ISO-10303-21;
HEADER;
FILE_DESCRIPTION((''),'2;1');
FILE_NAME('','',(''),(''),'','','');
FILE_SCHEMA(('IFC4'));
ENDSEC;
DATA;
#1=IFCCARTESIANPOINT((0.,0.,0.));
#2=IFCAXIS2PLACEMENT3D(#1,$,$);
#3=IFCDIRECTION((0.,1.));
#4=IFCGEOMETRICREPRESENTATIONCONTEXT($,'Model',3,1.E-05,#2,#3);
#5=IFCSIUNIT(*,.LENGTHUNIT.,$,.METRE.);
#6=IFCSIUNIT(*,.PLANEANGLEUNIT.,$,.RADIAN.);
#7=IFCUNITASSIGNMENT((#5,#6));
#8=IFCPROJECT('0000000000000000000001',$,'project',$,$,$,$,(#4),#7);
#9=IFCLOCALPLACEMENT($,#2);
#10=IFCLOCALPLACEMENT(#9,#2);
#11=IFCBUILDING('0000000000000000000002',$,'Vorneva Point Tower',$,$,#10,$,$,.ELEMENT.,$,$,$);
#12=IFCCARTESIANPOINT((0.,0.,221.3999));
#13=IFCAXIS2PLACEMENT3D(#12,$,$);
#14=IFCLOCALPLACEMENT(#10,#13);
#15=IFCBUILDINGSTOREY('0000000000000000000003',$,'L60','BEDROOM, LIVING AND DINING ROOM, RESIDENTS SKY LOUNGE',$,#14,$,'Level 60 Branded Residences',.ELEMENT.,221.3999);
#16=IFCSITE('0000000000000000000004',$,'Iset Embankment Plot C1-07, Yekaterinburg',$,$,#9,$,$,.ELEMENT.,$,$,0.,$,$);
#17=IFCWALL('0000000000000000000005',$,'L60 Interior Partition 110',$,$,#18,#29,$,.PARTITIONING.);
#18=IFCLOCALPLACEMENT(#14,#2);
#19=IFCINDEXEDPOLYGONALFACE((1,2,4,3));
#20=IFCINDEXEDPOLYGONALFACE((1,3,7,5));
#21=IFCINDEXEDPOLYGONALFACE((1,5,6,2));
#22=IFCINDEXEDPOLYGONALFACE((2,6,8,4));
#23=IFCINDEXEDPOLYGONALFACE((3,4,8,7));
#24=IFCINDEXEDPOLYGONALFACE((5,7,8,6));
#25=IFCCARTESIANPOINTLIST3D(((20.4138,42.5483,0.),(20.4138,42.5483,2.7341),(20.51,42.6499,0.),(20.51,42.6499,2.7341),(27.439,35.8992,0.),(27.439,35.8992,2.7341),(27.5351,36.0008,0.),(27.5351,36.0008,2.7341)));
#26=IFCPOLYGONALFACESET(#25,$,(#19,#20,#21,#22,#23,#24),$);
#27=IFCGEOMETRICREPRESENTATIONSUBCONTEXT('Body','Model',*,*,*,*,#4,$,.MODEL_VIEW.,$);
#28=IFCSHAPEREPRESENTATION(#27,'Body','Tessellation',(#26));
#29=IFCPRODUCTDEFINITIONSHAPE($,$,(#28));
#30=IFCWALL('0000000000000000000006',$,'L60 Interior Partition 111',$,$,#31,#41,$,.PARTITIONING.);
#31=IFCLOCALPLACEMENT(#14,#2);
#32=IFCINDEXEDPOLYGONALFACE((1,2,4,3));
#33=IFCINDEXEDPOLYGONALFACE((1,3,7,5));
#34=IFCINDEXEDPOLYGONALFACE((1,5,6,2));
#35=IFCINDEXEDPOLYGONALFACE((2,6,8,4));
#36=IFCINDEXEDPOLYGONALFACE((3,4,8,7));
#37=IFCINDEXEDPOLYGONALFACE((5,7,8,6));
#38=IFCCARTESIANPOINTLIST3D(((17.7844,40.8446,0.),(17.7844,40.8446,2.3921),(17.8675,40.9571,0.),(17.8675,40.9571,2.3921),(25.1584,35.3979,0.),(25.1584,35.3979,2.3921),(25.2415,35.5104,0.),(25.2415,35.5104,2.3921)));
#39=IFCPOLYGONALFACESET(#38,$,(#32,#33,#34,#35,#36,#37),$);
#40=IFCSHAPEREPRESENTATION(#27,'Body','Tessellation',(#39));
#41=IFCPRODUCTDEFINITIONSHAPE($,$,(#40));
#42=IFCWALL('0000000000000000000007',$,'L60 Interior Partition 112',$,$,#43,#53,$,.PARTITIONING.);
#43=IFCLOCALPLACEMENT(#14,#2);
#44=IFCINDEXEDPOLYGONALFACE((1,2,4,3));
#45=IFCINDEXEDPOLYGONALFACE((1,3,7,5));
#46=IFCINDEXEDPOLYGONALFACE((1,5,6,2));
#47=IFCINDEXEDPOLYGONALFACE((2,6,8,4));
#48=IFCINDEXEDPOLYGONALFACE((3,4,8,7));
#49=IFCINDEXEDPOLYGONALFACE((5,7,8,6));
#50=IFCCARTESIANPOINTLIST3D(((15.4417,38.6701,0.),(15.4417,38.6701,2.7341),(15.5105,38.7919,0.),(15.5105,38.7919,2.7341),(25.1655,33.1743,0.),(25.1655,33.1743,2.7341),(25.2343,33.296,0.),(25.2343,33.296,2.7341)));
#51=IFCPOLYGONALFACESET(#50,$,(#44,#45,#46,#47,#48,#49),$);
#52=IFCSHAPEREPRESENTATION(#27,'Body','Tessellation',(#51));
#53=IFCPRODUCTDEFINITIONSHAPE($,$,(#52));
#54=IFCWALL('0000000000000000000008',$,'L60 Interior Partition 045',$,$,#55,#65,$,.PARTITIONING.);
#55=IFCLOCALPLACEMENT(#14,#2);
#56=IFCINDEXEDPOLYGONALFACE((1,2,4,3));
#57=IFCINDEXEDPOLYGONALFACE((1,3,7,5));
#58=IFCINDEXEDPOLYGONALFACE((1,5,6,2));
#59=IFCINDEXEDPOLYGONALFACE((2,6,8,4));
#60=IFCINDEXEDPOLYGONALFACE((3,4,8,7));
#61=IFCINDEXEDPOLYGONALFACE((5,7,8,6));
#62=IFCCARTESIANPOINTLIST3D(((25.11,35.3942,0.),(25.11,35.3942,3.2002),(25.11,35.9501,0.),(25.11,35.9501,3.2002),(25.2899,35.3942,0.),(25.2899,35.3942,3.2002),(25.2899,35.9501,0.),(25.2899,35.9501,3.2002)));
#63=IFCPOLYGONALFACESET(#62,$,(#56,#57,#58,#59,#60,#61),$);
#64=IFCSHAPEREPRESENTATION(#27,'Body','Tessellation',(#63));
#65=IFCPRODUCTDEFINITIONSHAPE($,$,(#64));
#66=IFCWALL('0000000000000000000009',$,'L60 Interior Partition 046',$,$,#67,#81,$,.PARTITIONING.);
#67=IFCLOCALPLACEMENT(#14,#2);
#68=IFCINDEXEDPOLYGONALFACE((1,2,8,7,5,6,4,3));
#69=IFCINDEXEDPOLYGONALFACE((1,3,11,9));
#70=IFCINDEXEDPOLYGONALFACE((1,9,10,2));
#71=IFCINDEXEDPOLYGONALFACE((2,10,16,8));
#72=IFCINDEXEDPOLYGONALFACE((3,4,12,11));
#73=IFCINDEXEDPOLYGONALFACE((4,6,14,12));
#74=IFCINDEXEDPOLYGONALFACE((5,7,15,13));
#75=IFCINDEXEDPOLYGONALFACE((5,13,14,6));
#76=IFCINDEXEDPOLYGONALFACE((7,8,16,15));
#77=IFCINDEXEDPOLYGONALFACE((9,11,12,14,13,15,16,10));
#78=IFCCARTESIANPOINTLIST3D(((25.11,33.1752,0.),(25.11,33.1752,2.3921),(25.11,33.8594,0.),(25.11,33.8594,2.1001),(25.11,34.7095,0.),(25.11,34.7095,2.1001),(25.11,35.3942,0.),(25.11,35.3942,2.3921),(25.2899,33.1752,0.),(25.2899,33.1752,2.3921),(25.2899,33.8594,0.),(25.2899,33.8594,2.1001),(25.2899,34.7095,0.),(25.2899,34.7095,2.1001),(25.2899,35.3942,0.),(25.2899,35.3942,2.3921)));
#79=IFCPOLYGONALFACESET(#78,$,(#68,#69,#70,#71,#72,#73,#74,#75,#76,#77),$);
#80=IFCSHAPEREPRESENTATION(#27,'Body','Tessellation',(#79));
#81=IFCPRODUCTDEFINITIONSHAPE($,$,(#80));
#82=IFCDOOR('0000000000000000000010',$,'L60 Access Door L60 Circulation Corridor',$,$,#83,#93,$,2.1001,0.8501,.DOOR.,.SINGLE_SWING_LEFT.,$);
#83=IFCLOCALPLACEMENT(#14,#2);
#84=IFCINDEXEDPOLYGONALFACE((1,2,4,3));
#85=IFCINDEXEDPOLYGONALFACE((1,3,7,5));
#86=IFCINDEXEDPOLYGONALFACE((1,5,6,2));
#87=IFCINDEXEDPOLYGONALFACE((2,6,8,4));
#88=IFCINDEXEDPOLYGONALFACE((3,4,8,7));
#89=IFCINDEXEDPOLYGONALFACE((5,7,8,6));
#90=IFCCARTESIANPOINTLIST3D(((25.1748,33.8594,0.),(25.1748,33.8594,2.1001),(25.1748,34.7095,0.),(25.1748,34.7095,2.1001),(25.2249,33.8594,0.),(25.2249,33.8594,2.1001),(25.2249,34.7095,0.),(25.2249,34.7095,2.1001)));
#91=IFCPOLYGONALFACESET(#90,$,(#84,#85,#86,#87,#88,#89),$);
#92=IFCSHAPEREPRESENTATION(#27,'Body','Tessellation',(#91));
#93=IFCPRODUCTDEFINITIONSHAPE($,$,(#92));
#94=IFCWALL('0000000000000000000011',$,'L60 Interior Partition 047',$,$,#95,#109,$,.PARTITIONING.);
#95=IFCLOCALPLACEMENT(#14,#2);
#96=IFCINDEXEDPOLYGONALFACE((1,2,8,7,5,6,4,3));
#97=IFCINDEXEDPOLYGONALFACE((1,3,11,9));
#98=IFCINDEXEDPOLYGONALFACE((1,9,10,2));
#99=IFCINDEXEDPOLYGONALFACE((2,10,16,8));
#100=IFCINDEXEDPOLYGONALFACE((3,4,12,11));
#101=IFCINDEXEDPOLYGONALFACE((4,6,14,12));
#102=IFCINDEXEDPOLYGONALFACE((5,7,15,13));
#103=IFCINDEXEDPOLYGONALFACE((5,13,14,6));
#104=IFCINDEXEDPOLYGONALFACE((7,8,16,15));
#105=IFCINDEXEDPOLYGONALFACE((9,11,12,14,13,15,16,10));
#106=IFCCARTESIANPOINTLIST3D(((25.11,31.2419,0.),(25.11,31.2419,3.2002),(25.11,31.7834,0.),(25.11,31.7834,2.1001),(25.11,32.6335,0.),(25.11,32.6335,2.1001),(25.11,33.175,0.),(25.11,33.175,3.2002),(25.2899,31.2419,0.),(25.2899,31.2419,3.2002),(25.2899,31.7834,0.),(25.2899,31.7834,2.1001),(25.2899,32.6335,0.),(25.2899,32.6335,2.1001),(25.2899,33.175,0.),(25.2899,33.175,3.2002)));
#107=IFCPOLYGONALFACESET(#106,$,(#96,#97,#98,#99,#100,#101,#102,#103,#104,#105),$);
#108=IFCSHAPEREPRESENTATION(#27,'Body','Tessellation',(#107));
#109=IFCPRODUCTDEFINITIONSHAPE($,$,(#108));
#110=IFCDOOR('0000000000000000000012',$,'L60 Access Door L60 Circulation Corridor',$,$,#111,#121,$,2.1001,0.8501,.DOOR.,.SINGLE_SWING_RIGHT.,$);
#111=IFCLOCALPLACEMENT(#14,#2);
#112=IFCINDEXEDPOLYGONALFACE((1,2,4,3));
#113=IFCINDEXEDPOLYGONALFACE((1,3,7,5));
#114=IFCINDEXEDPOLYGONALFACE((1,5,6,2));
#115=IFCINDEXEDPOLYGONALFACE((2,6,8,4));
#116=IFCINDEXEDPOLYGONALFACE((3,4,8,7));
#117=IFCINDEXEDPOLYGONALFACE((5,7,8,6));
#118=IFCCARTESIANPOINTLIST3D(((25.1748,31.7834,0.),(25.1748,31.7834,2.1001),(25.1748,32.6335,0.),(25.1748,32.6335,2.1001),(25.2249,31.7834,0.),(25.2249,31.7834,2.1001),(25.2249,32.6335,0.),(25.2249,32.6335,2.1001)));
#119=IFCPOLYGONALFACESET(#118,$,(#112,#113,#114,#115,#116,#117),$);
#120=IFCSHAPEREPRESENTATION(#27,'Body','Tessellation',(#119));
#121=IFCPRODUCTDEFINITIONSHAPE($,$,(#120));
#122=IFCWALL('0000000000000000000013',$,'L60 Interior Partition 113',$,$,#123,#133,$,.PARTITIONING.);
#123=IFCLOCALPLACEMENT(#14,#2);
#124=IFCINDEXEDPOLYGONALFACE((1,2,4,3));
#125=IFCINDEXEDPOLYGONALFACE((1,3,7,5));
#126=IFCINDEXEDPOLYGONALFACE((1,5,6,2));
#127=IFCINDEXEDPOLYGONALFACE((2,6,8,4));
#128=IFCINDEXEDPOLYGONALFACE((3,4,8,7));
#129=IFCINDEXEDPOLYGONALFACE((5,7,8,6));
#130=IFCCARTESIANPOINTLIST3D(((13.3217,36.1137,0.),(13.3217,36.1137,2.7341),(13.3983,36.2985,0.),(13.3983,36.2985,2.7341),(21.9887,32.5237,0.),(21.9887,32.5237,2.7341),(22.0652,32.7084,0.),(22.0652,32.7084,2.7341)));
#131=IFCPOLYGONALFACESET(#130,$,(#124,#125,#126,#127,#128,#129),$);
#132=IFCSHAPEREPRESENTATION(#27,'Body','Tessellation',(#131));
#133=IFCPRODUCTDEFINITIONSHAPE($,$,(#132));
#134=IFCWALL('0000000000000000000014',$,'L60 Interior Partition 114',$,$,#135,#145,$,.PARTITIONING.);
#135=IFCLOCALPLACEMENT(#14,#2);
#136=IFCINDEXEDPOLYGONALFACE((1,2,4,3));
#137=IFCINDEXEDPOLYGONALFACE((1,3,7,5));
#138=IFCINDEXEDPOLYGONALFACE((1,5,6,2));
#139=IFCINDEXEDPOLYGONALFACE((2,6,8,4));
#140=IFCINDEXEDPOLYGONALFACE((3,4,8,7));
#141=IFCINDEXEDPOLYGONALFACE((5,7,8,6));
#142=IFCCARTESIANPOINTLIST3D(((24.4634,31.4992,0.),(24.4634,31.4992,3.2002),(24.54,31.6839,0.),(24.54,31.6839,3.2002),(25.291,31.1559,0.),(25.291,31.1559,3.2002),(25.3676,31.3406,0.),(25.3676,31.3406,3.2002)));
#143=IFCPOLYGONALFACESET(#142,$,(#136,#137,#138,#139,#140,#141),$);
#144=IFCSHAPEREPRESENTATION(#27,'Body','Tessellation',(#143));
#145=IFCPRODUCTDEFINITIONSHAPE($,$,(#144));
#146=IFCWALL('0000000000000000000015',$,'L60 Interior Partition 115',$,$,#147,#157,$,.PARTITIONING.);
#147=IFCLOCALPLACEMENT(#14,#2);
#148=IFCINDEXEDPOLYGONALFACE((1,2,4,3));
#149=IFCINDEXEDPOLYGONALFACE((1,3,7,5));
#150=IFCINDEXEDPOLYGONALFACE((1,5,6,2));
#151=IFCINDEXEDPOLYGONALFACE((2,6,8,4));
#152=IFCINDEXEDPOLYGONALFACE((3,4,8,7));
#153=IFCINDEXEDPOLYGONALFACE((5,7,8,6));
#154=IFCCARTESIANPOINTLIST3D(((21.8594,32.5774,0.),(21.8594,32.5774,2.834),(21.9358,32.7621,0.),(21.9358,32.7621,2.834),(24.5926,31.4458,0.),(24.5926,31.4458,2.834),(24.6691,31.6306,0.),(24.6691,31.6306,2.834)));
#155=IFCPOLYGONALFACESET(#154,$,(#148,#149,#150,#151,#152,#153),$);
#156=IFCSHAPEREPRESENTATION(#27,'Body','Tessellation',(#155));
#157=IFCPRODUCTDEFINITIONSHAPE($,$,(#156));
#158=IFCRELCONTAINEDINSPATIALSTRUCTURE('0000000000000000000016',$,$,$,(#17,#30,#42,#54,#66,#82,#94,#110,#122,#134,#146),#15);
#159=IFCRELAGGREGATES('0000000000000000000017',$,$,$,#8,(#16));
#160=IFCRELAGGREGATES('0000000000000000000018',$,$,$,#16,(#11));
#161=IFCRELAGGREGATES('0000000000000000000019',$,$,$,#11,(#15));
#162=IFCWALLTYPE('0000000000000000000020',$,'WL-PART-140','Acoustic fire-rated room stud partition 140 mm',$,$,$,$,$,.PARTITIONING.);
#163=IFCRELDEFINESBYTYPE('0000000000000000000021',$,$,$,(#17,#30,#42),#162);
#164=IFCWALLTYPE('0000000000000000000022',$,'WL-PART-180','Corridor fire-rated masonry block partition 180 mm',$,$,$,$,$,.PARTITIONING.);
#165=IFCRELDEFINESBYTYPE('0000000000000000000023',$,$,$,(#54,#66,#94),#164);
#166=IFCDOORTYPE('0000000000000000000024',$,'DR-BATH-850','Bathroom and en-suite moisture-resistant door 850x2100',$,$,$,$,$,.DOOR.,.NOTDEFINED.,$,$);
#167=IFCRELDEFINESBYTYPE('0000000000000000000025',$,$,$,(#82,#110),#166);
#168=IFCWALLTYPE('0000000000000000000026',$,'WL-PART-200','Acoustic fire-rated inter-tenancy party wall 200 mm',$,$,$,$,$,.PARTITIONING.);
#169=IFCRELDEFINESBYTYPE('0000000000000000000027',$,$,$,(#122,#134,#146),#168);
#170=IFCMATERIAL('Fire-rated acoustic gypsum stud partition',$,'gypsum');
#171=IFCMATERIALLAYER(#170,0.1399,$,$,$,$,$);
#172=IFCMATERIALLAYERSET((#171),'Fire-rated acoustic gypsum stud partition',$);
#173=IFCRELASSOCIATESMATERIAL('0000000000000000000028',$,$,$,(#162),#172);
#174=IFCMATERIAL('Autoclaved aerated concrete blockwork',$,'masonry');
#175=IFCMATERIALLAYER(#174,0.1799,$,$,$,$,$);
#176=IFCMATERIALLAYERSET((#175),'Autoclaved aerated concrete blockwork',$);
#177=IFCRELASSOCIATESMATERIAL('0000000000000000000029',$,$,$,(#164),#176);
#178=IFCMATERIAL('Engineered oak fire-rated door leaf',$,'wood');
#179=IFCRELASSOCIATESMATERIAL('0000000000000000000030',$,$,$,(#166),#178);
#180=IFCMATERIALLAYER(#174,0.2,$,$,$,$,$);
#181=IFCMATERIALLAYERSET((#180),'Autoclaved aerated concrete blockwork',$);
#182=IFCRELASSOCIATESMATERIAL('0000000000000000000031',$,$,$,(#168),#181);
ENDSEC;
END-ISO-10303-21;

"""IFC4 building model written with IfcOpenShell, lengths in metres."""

from ifc_helpers import new_model, si_unit, direction, frame, frame_2d, origin, place, context, subcontext, project, spatial, rectangle, extrude, material, layer, layer_set, type_object, element, fill, save


model = new_model("IFC4")

# Units and contexts
model_context = context("Model", 3, precision=1e-05, world=origin(), true_north=direction((0.0, 1.0)))
body_context = subcontext(model_context, "Body", "Model", "MODEL_VIEW")
ifc_project = project(units=[si_unit("LENGTHUNIT", "METRE"), si_unit("PLANEANGLEUNIT", "RADIAN")], contexts=[model_context])

# Site, building, storey
site_placement = place(None, origin())
site = spatial("IfcSite", under=ifc_project, at=site_placement, Name="Iset Embankment Plot C1-07, Yekaterinburg", CompositionType="ELEMENT", RefElevation=0.0)
building_placement = place(site_placement, origin())
building = spatial("IfcBuilding", under=site, at=building_placement, Name="Vorneva Point Tower", CompositionType="ELEMENT")
storey_placement = place(building_placement, frame((0.0, 0.0, 221.3999)))
storey = spatial("IfcBuildingStorey", under=building, at=storey_placement, Name="L60", Description="BEDROOM, LIVING AND DINING ROOM, RESIDENTS SKY LOUNGE", LongName="Level 60 Branded Residences", CompositionType="ELEMENT", Elevation=221.3999)

# Walls
ifc_material_1 = material(Name="Fire-rated acoustic gypsum stud partition", Category="gypsum")
ifc_layer_1 = layer(ifc_material_1, 0.1399)
ifc_layer_set_1 = layer_set([ifc_layer_1], Name="Fire-rated acoustic gypsum stud partition")
wall_type_1 = type_object("IfcWallType", Name="WL-PART-140", Description="Acoustic fire-rated room stud partition 140 mm", PredefinedType="PARTITIONING", material=ifc_layer_set_1)
wall_1_placement = place(storey_placement, frame((20.4619, 42.5991, 0.0), z_axis=(0.0, 0.0, 1.0), x_axis=(0.726274, -0.687405, 0.0)))
element("IfcWall", 1, at=wall_1_placement, inside=storey, type_object=wall_type_1, Name="L60 Interior Partition 110", PredefinedType="PARTITIONING", context=body_context, shape_type="SweptSolid", body=[
    extrude(rectangle(XDim=9.6729, YDim=0.1399, at=frame_2d((4.8364, 0.0))), origin(), (0.0, 0.0, 1.0), 2.7341),
])
wall_2_placement = place(storey_placement, frame((17.8259, 40.9009, 0.0), z_axis=(0.0, 0.0, 1.0), x_axis=(0.804363, -0.594138, 0.0)))
element("IfcWall", 2, at=wall_2_placement, inside=storey, type_object=wall_type_1, Name="L60 Interior Partition 111", PredefinedType="PARTITIONING", context=body_context, shape_type="SweptSolid", body=[
    extrude(rectangle(XDim=9.1675, YDim=0.1399, at=frame_2d((4.5837, 0.0))), origin(), (0.0, 0.0, 1.0), 2.3921),
])
wall_3_placement = place(storey_placement, frame((15.4761, 38.731, 0.0), z_axis=(0.0, 0.0, 1.0), x_axis=(0.870573, -0.49204, 0.0)))
element("IfcWall", 3, at=wall_3_placement, inside=storey, type_object=wall_type_1, Name="L60 Interior Partition 112", PredefinedType="PARTITIONING", context=body_context, shape_type="SweptSolid", body=[
    extrude(rectangle(XDim=11.1694, YDim=0.1399, at=frame_2d((5.5847, 0.0))), origin(), (0.0, 0.0, 1.0), 2.7341),
])
ifc_material_2 = material(Name="Autoclaved aerated concrete blockwork", Category="masonry")
ifc_layer_2 = layer(ifc_material_2, 0.1799)
ifc_layer_set_2 = layer_set([ifc_layer_2], Name="Autoclaved aerated concrete blockwork")
wall_type_2 = type_object("IfcWallType", Name="WL-PART-180", Description="Corridor fire-rated masonry block partition 180 mm", PredefinedType="PARTITIONING", material=ifc_layer_set_2)
wall_4_placement = place(storey_placement, frame((25.2, 35.95, 0.0), z_axis=(0.0, 0.0, 1.0), x_axis=(0.0, -1.0, 0.0)))
element("IfcWall", 4, at=wall_4_placement, inside=storey, type_object=wall_type_2, Name="L60 Interior Partition 045", PredefinedType="PARTITIONING", context=body_context, shape_type="SweptSolid", body=[
    extrude(rectangle(XDim=0.5559, YDim=0.1799, at=frame_2d((0.2778, 0.0))), origin(), (0.0, 0.0, 1.0), 3.2002),
])

# Walls, openings, doors
wall_5_placement = place(storey_placement, frame((25.2, 35.394, 0.0), z_axis=(0.0, 0.0, 1.0), x_axis=(0.0, -1.0, 0.0)))
wall_5 = element("IfcWall", 5, at=wall_5_placement, inside=storey, type_object=wall_type_2, Name="L60 Interior Partition 046", PredefinedType="PARTITIONING", context=body_context, shape_type="SweptSolid", body=[
    extrude(rectangle(XDim=2.219, YDim=0.1799, at=frame_2d((1.1094, 0.0))), origin(), (0.0, 0.0, 1.0), 2.3921),
])
opening_1_placement = place(wall_5_placement, frame((0.6846, 0.0, 0.0)))
opening_1 = element("IfcOpeningElement", 6, at=opening_1_placement, cuts=wall_5, PredefinedType="OPENING", context=body_context, shape_type="SweptSolid", body=[
    extrude(rectangle(XDim=0.8501, YDim=2.1001, at=frame_2d((0.425, 1.05))), frame((0.0, 0.105, 0.0), z_axis=(0.0, -1.0, 0.0), x_axis=(1.0, 0.0, 0.0)), (0.0, 0.0, 1.0), 0.2097),
])
ifc_material_3 = material(Name="Engineered oak fire-rated door leaf", Category="wood")
door_type = type_object("IfcDoorType", Name="DR-BATH-850", Description="Bathroom and en-suite moisture-resistant door 850x2100", OperationType="NOTDEFINED", PredefinedType="DOOR", material=ifc_material_3)
door_1_placement = place(opening_1_placement, origin())
door_1 = element("IfcDoor", 7, at=door_1_placement, inside=storey, type_object=door_type, Name="L60 Access Door L60 Circulation Corridor", OperationType="SINGLE_SWING_LEFT", OverallHeight=2.1001, OverallWidth=0.8501, PredefinedType="DOOR", context=body_context, shape_type="SweptSolid", body=[
    extrude(rectangle(XDim=0.8501, YDim=2.1001, at=frame_2d((0.425, 1.05))), frame((0.0, 0.0249, 0.0), z_axis=(0.0, -1.0, 0.0), x_axis=(1.0, 0.0, 0.0)), (0.0, 0.0, 1.0), 0.05),
])
fill(opening_1, door_1)
wall_6_placement = place(storey_placement, frame((25.2, 33.175, 0.0), z_axis=(0.0, 0.0, 1.0), x_axis=(0.0, -1.0, 0.0)))
wall_6 = element("IfcWall", 8, at=wall_6_placement, inside=storey, type_object=wall_type_2, Name="L60 Interior Partition 047", PredefinedType="PARTITIONING", context=body_context, shape_type="SweptSolid", body=[
    extrude(rectangle(XDim=1.9331, YDim=0.1799, at=frame_2d((0.9666, 0.0))), origin(), (0.0, 0.0, 1.0), 3.2002),
])
opening_2_placement = place(wall_6_placement, frame((0.5415, 0.0, 0.0)))
opening_2 = element("IfcOpeningElement", 9, at=opening_2_placement, cuts=wall_6, PredefinedType="OPENING", context=body_context, shape_type="SweptSolid", body=[
    extrude(rectangle(XDim=0.8501, YDim=2.1001, at=frame_2d((0.425, 1.05))), frame((0.0, 0.105, 0.0), z_axis=(0.0, -1.0, 0.0), x_axis=(1.0, 0.0, 0.0)), (0.0, 0.0, 1.0), 0.2097),
])
door_2_placement = place(opening_2_placement, origin())
door_2 = element("IfcDoor", 10, at=door_2_placement, inside=storey, type_object=door_type, Name="L60 Access Door L60 Circulation Corridor", OperationType="SINGLE_SWING_RIGHT", OverallHeight=2.1001, OverallWidth=0.8501, PredefinedType="DOOR", context=body_context, shape_type="SweptSolid", body=[
    extrude(rectangle(XDim=0.8501, YDim=2.1001, at=frame_2d((0.425, 1.05))), frame((0.0, 0.0249, 0.0), z_axis=(0.0, -1.0, 0.0), x_axis=(1.0, 0.0, 0.0)), (0.0, 0.0, 1.0), 0.05),
])
fill(opening_2, door_2)

# Walls
ifc_layer_3 = layer(ifc_material_2, 0.2)
ifc_layer_set_3 = layer_set([ifc_layer_3], Name="Autoclaved aerated concrete blockwork")
wall_type_3 = type_object("IfcWallType", Name="WL-PART-200", Description="Acoustic fire-rated inter-tenancy party wall 200 mm", PredefinedType="PARTITIONING", material=ifc_layer_set_3)
wall_7_placement = place(storey_placement, frame((13.3601, 36.2061, 0.0), z_axis=(0.0, 0.0, 1.0), x_axis=(0.923876, -0.382693, 0.0)))
element("IfcWall", 11, at=wall_7_placement, inside=storey, type_object=wall_type_3, Name="L60 Interior Partition 113", PredefinedType="PARTITIONING", context=body_context, shape_type="SweptSolid", body=[
    extrude(rectangle(XDim=9.3811, YDim=0.2, at=frame_2d((4.6904, 0.0))), origin(), (0.0, 0.0, 1.0), 2.7341),
])
wall_8_placement = place(storey_placement, frame((24.5017, 31.5916, 0.0), z_axis=(0.0, 0.0, 1.0), x_axis=(0.923704, -0.383106, 0.0)))
element("IfcWall", 12, at=wall_8_placement, inside=storey, type_object=wall_type_3, Name="L60 Interior Partition 114", PredefinedType="PARTITIONING", context=body_context, shape_type="SweptSolid", body=[
    extrude(rectangle(XDim=0.896, YDim=0.2, at=frame_2d((0.448, 0.0))), origin(), (0.0, 0.0, 1.0), 3.2002),
])
wall_9_placement = place(storey_placement, frame((21.8977, 32.6697, 0.0), z_axis=(0.0, 0.0, 1.0), x_axis=(0.923953, -0.382505, 0.0)))
element("IfcWall", 13, at=wall_9_placement, inside=storey, type_object=wall_type_3, Name="L60 Interior Partition 115", PredefinedType="PARTITIONING", context=body_context, shape_type="SweptSolid", body=[
    extrude(rectangle(XDim=2.9583, YDim=0.2, at=frame_2d((1.479, 0.0))), origin(), (0.0, 0.0, 1.0), 2.834),
])

save(model, "model.ifc")
